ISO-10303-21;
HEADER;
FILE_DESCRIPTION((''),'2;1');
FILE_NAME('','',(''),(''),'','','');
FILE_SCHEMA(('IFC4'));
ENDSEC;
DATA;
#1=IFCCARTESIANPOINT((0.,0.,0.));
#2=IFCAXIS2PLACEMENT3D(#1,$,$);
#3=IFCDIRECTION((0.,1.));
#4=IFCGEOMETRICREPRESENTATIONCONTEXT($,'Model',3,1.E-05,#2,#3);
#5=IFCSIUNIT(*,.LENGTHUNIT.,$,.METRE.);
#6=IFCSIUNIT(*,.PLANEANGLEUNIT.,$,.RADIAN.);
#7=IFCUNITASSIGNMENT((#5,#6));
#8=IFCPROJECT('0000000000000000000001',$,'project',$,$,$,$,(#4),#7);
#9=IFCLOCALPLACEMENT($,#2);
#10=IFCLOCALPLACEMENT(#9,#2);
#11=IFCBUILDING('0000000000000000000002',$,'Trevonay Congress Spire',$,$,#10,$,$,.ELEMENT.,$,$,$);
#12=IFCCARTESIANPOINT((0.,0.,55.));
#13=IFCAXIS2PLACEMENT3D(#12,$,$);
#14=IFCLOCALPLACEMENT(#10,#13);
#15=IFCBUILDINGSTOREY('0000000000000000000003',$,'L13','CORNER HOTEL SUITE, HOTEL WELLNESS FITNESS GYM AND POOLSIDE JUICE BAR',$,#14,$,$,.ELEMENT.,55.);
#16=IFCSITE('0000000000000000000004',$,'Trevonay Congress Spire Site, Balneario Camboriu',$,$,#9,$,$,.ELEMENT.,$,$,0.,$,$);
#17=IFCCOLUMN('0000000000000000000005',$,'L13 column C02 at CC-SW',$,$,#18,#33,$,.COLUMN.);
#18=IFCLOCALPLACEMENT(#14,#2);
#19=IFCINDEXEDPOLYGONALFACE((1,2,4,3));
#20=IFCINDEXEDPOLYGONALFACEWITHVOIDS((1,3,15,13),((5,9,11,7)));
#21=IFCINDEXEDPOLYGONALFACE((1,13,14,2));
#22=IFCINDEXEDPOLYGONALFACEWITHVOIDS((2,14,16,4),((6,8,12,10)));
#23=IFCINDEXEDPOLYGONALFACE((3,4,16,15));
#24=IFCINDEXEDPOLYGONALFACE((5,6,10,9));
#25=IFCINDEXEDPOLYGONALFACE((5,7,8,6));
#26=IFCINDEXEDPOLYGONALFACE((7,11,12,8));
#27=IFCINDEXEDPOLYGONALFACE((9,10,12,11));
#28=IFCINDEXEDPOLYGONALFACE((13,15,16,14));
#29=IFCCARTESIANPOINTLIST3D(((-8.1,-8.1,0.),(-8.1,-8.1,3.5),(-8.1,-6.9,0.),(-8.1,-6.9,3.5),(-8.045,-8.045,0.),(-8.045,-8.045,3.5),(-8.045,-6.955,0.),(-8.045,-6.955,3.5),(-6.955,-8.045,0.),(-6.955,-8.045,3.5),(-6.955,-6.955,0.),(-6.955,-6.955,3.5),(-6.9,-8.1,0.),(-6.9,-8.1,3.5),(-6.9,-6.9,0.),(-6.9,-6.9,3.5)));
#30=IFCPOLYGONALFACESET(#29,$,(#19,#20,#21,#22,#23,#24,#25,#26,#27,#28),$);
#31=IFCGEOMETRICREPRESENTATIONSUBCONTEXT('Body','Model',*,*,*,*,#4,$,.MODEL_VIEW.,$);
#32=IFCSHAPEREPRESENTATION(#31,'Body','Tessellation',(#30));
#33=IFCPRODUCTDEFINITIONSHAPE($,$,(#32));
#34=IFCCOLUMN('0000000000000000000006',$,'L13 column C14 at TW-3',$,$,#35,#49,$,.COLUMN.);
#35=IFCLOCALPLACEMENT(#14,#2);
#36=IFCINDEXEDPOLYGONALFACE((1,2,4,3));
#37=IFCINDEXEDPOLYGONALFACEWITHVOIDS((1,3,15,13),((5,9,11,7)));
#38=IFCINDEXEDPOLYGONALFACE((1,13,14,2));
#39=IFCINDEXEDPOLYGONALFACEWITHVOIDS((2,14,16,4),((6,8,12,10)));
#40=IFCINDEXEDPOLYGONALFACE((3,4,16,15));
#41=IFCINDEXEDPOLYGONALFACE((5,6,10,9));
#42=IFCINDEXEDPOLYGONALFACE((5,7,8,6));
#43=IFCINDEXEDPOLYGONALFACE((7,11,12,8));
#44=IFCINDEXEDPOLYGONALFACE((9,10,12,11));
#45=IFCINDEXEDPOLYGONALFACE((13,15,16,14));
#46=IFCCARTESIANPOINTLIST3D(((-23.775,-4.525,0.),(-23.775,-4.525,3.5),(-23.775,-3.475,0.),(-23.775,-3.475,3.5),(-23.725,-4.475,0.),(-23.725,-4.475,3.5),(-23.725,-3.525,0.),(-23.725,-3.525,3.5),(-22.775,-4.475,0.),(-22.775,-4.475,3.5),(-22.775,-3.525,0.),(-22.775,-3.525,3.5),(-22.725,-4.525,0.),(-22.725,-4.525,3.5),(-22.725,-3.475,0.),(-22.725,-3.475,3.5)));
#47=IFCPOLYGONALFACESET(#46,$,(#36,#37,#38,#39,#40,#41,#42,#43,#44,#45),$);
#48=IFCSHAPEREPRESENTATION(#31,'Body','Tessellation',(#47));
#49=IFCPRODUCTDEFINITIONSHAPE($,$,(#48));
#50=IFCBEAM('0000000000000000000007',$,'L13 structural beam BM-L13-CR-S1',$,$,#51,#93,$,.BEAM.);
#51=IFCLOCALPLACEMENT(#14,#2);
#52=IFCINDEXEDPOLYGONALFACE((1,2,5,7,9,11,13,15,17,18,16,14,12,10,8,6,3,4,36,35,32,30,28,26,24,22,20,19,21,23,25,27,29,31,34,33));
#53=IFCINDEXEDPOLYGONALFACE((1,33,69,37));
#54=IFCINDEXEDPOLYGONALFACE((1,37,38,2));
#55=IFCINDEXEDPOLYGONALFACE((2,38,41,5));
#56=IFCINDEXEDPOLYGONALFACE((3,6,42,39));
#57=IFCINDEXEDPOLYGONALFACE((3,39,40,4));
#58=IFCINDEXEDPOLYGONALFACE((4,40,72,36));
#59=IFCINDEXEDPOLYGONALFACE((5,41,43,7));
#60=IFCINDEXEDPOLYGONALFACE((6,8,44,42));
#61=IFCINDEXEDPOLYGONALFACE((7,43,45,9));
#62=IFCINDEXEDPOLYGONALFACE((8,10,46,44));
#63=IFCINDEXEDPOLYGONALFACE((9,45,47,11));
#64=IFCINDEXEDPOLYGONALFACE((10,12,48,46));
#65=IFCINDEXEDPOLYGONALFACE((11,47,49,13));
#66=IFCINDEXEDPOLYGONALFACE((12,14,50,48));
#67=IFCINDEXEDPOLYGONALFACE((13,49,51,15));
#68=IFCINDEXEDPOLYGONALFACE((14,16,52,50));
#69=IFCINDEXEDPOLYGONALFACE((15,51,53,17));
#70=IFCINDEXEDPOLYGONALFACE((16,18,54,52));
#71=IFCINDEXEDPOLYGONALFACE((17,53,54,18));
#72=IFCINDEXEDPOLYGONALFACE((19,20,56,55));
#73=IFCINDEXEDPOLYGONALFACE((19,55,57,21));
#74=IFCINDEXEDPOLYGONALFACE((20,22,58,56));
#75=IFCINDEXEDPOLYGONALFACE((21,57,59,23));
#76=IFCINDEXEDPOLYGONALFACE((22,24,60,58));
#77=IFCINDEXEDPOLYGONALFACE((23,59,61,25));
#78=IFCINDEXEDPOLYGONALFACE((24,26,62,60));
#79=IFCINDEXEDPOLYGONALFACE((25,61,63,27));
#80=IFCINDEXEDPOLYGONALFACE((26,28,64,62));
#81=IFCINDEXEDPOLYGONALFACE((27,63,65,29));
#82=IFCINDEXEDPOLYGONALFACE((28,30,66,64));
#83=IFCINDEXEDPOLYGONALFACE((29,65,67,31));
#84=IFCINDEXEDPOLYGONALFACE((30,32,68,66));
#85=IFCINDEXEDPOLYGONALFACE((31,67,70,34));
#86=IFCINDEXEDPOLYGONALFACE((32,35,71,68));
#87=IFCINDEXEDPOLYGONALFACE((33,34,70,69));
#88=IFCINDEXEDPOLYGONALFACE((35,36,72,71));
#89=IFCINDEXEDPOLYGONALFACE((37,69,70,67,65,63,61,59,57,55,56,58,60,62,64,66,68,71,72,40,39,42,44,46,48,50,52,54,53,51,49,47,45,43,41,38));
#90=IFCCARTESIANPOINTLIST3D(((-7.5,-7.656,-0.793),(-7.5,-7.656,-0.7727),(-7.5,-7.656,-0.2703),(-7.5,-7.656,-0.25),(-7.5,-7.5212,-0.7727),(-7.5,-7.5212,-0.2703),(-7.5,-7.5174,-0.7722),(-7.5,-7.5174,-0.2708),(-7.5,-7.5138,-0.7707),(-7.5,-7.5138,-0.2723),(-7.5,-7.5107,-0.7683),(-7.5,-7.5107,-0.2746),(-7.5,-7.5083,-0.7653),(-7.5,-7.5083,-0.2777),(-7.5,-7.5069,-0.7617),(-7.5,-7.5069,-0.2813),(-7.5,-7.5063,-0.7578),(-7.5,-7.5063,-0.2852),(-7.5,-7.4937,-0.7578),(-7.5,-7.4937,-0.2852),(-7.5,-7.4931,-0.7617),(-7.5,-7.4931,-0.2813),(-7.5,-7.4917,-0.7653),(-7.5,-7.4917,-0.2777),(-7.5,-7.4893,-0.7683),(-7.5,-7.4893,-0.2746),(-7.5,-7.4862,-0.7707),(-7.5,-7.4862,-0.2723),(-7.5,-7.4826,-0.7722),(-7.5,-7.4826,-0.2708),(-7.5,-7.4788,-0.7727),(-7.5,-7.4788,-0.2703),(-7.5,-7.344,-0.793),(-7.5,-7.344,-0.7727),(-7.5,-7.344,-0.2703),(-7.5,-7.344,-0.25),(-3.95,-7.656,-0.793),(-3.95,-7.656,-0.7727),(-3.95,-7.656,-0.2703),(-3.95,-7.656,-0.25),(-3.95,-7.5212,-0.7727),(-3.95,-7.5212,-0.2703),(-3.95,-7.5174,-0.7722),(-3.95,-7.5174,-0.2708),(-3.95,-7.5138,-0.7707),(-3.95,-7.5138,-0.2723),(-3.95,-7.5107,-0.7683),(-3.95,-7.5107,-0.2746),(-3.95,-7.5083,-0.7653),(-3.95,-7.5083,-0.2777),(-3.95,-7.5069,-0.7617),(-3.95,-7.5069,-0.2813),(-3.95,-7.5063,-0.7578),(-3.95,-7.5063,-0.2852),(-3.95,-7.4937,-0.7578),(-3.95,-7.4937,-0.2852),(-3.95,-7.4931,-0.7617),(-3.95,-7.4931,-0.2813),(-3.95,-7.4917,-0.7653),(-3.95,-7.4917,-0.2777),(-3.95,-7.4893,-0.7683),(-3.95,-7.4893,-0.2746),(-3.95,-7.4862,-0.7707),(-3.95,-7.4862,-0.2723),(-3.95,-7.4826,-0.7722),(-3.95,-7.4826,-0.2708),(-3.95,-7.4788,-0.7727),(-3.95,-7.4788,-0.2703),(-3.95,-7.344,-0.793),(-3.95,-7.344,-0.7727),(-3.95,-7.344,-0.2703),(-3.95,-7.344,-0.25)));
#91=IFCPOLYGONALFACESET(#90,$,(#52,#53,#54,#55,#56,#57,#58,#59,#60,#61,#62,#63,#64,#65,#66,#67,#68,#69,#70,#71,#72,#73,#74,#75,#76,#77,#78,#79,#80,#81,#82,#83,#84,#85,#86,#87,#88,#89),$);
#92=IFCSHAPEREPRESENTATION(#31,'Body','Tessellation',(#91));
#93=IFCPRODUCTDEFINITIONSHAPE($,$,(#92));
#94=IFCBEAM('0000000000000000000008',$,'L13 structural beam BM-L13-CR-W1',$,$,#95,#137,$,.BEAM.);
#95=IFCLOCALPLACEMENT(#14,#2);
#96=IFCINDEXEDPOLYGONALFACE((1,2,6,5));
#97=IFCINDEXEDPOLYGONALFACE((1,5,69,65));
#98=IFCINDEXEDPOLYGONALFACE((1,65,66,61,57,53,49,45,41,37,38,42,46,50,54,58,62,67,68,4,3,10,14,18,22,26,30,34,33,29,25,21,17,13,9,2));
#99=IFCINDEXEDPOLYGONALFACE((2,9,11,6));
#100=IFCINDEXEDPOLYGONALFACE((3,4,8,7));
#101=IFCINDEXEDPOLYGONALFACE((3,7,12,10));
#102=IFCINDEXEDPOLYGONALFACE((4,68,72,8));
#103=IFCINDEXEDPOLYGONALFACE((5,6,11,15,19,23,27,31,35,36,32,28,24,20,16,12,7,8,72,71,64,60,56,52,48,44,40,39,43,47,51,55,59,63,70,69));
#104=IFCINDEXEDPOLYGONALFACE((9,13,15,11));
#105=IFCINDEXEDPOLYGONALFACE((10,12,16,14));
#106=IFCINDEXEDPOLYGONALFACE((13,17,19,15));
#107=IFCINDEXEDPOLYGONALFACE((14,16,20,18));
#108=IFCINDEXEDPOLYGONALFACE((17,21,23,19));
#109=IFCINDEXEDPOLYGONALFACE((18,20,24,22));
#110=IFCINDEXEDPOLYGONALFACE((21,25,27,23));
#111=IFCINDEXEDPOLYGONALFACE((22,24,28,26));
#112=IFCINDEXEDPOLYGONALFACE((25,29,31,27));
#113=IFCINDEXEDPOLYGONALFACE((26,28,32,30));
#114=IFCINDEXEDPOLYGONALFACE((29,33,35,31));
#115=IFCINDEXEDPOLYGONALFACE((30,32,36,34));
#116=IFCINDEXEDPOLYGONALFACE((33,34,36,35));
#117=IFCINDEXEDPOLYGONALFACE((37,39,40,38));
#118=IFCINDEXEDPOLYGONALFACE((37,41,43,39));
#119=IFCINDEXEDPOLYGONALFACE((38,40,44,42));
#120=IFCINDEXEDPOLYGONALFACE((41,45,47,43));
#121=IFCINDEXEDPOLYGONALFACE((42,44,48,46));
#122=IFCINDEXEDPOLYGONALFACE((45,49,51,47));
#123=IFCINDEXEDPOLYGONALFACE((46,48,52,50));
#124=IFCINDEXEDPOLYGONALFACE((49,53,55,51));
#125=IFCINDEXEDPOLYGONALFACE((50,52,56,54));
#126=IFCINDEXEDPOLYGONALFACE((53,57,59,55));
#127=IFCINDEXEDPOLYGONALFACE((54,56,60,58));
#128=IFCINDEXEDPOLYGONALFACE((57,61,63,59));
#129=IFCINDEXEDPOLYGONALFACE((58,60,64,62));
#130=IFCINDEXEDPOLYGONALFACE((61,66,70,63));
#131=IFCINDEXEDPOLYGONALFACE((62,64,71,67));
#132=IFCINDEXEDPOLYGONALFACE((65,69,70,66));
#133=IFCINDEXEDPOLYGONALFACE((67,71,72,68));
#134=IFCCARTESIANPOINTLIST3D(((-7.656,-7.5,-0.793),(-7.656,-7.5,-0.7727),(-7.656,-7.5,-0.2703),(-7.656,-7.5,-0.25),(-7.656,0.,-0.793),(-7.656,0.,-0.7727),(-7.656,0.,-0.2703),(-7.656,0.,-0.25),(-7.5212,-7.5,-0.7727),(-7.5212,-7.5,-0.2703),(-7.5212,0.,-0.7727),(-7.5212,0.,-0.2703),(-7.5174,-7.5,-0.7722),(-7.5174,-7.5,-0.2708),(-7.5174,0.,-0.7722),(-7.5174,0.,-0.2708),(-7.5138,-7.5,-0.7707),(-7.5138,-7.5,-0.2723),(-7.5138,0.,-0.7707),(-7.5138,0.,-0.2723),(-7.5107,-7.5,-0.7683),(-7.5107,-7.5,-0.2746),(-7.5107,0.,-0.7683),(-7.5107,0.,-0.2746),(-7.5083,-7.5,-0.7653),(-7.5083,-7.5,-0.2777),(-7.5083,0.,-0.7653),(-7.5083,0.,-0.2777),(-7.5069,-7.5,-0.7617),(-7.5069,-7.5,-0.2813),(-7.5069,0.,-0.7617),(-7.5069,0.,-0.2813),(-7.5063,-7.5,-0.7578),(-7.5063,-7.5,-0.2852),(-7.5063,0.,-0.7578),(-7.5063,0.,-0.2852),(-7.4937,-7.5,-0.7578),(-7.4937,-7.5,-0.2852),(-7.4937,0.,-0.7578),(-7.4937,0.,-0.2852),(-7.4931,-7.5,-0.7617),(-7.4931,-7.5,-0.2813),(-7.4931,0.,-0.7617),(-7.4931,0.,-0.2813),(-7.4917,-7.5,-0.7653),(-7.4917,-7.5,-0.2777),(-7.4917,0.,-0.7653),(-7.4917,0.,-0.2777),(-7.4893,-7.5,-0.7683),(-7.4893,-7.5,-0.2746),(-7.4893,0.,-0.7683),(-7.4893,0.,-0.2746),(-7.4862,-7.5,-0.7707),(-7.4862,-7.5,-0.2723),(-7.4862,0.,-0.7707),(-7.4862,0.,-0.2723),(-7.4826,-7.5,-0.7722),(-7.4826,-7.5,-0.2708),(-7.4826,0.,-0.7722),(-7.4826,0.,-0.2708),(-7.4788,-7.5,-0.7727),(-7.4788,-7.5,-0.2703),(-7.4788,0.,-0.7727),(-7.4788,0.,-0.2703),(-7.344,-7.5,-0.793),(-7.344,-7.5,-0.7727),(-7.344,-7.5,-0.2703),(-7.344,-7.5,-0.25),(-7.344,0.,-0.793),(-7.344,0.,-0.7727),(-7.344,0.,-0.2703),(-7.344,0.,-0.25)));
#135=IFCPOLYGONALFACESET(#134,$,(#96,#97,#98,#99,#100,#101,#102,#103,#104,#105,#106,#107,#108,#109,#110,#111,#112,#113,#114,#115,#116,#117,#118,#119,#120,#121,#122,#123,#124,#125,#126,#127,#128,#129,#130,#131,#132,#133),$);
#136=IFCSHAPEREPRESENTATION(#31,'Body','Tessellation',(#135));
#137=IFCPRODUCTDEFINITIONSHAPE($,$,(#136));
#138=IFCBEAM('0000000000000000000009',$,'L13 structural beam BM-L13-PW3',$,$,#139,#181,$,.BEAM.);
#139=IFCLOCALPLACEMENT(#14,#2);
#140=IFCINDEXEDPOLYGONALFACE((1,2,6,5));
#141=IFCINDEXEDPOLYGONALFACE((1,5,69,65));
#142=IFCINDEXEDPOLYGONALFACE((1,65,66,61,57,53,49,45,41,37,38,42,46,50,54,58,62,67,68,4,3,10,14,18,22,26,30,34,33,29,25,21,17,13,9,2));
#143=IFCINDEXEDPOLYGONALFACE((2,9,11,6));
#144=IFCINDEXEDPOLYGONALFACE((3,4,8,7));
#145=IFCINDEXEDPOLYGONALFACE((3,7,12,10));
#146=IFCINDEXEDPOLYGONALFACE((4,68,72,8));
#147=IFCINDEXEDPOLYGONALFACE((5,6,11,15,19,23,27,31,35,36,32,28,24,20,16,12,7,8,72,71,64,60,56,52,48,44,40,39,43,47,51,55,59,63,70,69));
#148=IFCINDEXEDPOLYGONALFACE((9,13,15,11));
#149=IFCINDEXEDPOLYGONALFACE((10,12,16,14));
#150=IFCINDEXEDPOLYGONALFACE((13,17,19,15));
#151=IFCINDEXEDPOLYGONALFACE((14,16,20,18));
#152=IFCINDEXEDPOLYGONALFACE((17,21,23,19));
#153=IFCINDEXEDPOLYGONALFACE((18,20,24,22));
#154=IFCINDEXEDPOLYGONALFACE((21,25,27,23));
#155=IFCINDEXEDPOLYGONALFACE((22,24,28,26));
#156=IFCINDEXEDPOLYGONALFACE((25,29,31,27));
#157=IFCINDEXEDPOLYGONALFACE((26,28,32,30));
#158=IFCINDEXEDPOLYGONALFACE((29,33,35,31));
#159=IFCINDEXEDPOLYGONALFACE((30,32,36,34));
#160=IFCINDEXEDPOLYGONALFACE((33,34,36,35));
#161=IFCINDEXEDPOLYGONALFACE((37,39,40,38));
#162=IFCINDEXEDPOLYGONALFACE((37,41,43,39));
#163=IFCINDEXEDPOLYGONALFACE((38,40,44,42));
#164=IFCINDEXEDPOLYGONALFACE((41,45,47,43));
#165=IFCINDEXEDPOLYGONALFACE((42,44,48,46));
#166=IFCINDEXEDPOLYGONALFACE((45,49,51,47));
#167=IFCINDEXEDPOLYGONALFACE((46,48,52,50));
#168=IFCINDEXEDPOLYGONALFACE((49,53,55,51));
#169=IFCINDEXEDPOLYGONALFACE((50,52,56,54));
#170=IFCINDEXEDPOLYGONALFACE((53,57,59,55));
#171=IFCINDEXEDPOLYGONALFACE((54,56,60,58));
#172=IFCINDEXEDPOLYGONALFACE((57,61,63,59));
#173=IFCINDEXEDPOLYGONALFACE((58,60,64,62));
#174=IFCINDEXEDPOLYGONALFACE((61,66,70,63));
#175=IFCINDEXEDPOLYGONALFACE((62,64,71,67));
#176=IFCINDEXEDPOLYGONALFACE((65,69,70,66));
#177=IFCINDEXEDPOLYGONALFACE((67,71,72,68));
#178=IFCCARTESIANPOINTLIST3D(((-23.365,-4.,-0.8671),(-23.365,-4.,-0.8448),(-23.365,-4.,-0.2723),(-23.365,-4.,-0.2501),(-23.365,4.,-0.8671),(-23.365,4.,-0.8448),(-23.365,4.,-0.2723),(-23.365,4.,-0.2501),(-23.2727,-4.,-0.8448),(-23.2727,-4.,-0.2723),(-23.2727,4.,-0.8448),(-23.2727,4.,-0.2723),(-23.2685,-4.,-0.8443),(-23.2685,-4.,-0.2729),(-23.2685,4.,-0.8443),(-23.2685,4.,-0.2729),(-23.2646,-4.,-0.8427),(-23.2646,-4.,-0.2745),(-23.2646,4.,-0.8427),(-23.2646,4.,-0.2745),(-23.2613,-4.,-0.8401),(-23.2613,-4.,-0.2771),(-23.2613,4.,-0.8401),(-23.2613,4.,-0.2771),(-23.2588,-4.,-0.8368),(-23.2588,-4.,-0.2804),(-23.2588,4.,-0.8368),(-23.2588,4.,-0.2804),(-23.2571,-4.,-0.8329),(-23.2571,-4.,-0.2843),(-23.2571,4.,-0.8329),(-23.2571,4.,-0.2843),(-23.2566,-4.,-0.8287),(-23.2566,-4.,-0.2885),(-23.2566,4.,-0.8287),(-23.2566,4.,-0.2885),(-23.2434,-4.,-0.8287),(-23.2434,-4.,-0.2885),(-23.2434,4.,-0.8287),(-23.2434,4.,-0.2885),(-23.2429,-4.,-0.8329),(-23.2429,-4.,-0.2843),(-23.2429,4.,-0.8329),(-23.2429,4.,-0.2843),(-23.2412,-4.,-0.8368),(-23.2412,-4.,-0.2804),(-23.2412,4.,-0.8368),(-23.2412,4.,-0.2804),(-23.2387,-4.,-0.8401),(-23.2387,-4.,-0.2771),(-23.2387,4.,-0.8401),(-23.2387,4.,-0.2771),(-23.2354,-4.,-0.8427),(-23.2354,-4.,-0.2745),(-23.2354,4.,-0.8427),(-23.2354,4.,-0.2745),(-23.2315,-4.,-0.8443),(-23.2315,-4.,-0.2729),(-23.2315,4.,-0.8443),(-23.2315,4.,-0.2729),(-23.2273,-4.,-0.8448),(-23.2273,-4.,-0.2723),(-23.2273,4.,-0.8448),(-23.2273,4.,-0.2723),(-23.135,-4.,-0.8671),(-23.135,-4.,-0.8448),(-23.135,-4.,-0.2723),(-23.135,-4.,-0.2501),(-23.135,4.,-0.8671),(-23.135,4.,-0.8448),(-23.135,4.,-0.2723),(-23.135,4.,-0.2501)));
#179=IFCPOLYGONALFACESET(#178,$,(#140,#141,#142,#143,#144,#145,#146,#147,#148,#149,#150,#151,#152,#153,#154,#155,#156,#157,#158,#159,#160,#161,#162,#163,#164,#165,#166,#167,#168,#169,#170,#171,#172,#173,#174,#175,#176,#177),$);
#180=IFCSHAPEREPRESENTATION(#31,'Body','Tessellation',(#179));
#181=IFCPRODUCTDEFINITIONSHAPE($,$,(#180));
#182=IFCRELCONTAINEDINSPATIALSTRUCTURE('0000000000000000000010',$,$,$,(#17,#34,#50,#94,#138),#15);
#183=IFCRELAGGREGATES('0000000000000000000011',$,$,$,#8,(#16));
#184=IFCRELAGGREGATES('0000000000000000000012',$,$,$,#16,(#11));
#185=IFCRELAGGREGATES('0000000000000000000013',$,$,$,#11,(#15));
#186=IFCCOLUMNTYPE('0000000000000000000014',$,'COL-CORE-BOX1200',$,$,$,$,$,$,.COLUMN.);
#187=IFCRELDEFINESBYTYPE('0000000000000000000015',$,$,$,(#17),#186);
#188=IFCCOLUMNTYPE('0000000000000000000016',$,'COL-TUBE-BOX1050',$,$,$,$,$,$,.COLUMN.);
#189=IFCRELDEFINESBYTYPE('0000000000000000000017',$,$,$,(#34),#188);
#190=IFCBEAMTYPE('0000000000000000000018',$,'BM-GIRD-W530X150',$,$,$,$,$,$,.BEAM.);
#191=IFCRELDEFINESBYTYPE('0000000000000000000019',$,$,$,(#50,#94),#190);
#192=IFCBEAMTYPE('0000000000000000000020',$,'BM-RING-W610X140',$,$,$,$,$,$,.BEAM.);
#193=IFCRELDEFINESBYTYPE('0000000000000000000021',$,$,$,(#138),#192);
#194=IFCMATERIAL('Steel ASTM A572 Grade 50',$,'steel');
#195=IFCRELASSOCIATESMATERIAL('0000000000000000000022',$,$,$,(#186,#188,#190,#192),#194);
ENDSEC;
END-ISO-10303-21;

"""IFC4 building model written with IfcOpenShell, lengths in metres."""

from ifc_helpers import new_model, si_unit, direction, frame, origin, origin_2d, place, context, subcontext, project, spatial, hollow_rectangle, i_section, extrude, material, material_profile, profile_set, type_object, element, save


model = new_model("IFC4")

# Units and contexts
model_context = context("Model", 3, precision=1e-05, world=origin(), true_north=direction((0.0, 1.0)))
body_context = subcontext(model_context, "Body", "Model", "MODEL_VIEW")
ifc_project = project(units=[si_unit("LENGTHUNIT", "METRE"), si_unit("PLANEANGLEUNIT", "RADIAN")], contexts=[model_context])

# Site, building, storey
site_placement = place(None, origin())
site = spatial("IfcSite", under=ifc_project, at=site_placement, Name="Trevonay Congress Spire Site, Balneario Camboriu", CompositionType="ELEMENT", RefElevation=0.0)
building_placement = place(site_placement, origin())
building = spatial("IfcBuilding", under=site, at=building_placement, Name="Trevonay Congress Spire", CompositionType="ELEMENT")
storey_placement = place(building_placement, frame((0.0, 0.0, 55.0)))
storey = spatial("IfcBuildingStorey", under=building, at=storey_placement, Name="L13", Description="CORNER HOTEL SUITE, HOTEL WELLNESS FITNESS GYM AND POOLSIDE JUICE BAR", CompositionType="ELEMENT", Elevation=55.0)

# Columns
ifc_material_1 = material(Name="Steel ASTM A572 Grade 50", Category="steel")
ifc_material_profile_1 = material_profile(ifc_material_1, hollow_rectangle(XDim=1.2, YDim=1.2, WallThickness=0.0549, at=origin_2d()), Name="BOX 1200x1200x55")
ifc_profile_set_1 = profile_set([ifc_material_profile_1], Name="Steel ASTM A572 Grade 50")
column_type_1 = type_object("IfcColumnType", Name="COL-CORE-BOX1200", PredefinedType="COLUMN", material=ifc_profile_set_1)
column_1_placement = place(storey_placement, frame((-7.5, -7.5, 0.0), z_axis=(0.0, 0.0, 1.0), x_axis=(1.0, 0.0, 0.0)))
element("IfcColumn", 1, at=column_1_placement, inside=storey, type_object=column_type_1, Name="L13 column C02 at CC-SW", PredefinedType="COLUMN", context=body_context, shape_type="SweptSolid", body=[
    extrude(hollow_rectangle(XDim=1.2, YDim=1.2, WallThickness=0.0549, at=origin_2d()), origin(), (0.0, 0.0, 1.0), 3.5),
])
ifc_material_profile_2 = material_profile(ifc_material_1, hollow_rectangle(XDim=1.05, YDim=1.05, WallThickness=0.05, at=origin_2d()), Name="BOX 1050x1050x50")
ifc_profile_set_2 = profile_set([ifc_material_profile_2], Name="Steel ASTM A572 Grade 50")
column_type_2 = type_object("IfcColumnType", Name="COL-TUBE-BOX1050", PredefinedType="COLUMN", material=ifc_profile_set_2)
column_2_placement = place(storey_placement, frame((-23.25, -4.0, 0.0), z_axis=(0.0, 0.0, 1.0), x_axis=(1.0, 0.0, 0.0)))
element("IfcColumn", 2, at=column_2_placement, inside=storey, type_object=column_type_2, Name="L13 column C14 at TW-3", PredefinedType="COLUMN", context=body_context, shape_type="SweptSolid", body=[
    extrude(hollow_rectangle(XDim=1.05, YDim=1.05, WallThickness=0.05, at=origin_2d()), origin(), (0.0, 0.0, 1.0), 3.5),
])

# Beams
ifc_material_profile_3 = material_profile(ifc_material_1, i_section(OverallWidth=0.312, OverallDepth=0.543, WebThickness=0.0127, FlangeThickness=0.0203, FilletRadius=0.0149, at=origin_2d()), Name="W530x150")
ifc_profile_set_3 = profile_set([ifc_material_profile_3], Name="Steel ASTM A572 Grade 50")
beam_type_1 = type_object("IfcBeamType", Name="BM-GIRD-W530X150", PredefinedType="BEAM", material=ifc_profile_set_3)
beam_1_placement = place(storey_placement, frame((-7.5, -7.5, -0.5215), z_axis=(1.0, 0.0, 0.0), x_axis=(0.0, 1.0, 0.0)))
element("IfcBeam", 3, at=beam_1_placement, inside=storey, type_object=beam_type_1, Name="L13 structural beam BM-L13-CR-S1", PredefinedType="BEAM", context=body_context, shape_type="SweptSolid", body=[
    extrude(i_section(OverallWidth=0.312, OverallDepth=0.543, WebThickness=0.0127, FlangeThickness=0.0203, FilletRadius=0.0149, at=origin_2d()), origin(), (0.0, 0.0, 1.0), 3.55),
])
beam_2_placement = place(storey_placement, frame((-7.5, -7.5, -0.5215), z_axis=(0.0, 1.0, 0.0), x_axis=(-1.0, 0.0, 0.0)))
element("IfcBeam", 4, at=beam_2_placement, inside=storey, type_object=beam_type_1, Name="L13 structural beam BM-L13-CR-W1", PredefinedType="BEAM", context=body_context, shape_type="SweptSolid", body=[
    extrude(i_section(OverallWidth=0.312, OverallDepth=0.543, WebThickness=0.0127, FlangeThickness=0.0203, FilletRadius=0.0149, at=origin_2d()), origin(), (0.0, 0.0, 1.0), 7.5),
])
ifc_material_profile_4 = material_profile(ifc_material_1, i_section(OverallWidth=0.23, OverallDepth=0.6169, WebThickness=0.0132, FlangeThickness=0.0222, FilletRadius=0.0161, at=origin_2d()), Name="W610x140")
ifc_profile_set_4 = profile_set([ifc_material_profile_4], Name="Steel ASTM A572 Grade 50")
beam_type_2 = type_object("IfcBeamType", Name="BM-RING-W610X140", PredefinedType="BEAM", material=ifc_profile_set_4)
beam_3_placement = place(storey_placement, frame((-23.25, -4.0, -0.5586), z_axis=(0.0, 1.0, 0.0), x_axis=(-1.0, 0.0, 0.0)))
element("IfcBeam", 5, at=beam_3_placement, inside=storey, type_object=beam_type_2, Name="L13 structural beam BM-L13-PW3", PredefinedType="BEAM", context=body_context, shape_type="SweptSolid", body=[
    extrude(i_section(OverallWidth=0.23, OverallDepth=0.6169, WebThickness=0.0132, FlangeThickness=0.0222, FilletRadius=0.0161, at=origin_2d()), origin(), (0.0, 0.0, 1.0), 8.0),
])

save(model, "model.ifc")
